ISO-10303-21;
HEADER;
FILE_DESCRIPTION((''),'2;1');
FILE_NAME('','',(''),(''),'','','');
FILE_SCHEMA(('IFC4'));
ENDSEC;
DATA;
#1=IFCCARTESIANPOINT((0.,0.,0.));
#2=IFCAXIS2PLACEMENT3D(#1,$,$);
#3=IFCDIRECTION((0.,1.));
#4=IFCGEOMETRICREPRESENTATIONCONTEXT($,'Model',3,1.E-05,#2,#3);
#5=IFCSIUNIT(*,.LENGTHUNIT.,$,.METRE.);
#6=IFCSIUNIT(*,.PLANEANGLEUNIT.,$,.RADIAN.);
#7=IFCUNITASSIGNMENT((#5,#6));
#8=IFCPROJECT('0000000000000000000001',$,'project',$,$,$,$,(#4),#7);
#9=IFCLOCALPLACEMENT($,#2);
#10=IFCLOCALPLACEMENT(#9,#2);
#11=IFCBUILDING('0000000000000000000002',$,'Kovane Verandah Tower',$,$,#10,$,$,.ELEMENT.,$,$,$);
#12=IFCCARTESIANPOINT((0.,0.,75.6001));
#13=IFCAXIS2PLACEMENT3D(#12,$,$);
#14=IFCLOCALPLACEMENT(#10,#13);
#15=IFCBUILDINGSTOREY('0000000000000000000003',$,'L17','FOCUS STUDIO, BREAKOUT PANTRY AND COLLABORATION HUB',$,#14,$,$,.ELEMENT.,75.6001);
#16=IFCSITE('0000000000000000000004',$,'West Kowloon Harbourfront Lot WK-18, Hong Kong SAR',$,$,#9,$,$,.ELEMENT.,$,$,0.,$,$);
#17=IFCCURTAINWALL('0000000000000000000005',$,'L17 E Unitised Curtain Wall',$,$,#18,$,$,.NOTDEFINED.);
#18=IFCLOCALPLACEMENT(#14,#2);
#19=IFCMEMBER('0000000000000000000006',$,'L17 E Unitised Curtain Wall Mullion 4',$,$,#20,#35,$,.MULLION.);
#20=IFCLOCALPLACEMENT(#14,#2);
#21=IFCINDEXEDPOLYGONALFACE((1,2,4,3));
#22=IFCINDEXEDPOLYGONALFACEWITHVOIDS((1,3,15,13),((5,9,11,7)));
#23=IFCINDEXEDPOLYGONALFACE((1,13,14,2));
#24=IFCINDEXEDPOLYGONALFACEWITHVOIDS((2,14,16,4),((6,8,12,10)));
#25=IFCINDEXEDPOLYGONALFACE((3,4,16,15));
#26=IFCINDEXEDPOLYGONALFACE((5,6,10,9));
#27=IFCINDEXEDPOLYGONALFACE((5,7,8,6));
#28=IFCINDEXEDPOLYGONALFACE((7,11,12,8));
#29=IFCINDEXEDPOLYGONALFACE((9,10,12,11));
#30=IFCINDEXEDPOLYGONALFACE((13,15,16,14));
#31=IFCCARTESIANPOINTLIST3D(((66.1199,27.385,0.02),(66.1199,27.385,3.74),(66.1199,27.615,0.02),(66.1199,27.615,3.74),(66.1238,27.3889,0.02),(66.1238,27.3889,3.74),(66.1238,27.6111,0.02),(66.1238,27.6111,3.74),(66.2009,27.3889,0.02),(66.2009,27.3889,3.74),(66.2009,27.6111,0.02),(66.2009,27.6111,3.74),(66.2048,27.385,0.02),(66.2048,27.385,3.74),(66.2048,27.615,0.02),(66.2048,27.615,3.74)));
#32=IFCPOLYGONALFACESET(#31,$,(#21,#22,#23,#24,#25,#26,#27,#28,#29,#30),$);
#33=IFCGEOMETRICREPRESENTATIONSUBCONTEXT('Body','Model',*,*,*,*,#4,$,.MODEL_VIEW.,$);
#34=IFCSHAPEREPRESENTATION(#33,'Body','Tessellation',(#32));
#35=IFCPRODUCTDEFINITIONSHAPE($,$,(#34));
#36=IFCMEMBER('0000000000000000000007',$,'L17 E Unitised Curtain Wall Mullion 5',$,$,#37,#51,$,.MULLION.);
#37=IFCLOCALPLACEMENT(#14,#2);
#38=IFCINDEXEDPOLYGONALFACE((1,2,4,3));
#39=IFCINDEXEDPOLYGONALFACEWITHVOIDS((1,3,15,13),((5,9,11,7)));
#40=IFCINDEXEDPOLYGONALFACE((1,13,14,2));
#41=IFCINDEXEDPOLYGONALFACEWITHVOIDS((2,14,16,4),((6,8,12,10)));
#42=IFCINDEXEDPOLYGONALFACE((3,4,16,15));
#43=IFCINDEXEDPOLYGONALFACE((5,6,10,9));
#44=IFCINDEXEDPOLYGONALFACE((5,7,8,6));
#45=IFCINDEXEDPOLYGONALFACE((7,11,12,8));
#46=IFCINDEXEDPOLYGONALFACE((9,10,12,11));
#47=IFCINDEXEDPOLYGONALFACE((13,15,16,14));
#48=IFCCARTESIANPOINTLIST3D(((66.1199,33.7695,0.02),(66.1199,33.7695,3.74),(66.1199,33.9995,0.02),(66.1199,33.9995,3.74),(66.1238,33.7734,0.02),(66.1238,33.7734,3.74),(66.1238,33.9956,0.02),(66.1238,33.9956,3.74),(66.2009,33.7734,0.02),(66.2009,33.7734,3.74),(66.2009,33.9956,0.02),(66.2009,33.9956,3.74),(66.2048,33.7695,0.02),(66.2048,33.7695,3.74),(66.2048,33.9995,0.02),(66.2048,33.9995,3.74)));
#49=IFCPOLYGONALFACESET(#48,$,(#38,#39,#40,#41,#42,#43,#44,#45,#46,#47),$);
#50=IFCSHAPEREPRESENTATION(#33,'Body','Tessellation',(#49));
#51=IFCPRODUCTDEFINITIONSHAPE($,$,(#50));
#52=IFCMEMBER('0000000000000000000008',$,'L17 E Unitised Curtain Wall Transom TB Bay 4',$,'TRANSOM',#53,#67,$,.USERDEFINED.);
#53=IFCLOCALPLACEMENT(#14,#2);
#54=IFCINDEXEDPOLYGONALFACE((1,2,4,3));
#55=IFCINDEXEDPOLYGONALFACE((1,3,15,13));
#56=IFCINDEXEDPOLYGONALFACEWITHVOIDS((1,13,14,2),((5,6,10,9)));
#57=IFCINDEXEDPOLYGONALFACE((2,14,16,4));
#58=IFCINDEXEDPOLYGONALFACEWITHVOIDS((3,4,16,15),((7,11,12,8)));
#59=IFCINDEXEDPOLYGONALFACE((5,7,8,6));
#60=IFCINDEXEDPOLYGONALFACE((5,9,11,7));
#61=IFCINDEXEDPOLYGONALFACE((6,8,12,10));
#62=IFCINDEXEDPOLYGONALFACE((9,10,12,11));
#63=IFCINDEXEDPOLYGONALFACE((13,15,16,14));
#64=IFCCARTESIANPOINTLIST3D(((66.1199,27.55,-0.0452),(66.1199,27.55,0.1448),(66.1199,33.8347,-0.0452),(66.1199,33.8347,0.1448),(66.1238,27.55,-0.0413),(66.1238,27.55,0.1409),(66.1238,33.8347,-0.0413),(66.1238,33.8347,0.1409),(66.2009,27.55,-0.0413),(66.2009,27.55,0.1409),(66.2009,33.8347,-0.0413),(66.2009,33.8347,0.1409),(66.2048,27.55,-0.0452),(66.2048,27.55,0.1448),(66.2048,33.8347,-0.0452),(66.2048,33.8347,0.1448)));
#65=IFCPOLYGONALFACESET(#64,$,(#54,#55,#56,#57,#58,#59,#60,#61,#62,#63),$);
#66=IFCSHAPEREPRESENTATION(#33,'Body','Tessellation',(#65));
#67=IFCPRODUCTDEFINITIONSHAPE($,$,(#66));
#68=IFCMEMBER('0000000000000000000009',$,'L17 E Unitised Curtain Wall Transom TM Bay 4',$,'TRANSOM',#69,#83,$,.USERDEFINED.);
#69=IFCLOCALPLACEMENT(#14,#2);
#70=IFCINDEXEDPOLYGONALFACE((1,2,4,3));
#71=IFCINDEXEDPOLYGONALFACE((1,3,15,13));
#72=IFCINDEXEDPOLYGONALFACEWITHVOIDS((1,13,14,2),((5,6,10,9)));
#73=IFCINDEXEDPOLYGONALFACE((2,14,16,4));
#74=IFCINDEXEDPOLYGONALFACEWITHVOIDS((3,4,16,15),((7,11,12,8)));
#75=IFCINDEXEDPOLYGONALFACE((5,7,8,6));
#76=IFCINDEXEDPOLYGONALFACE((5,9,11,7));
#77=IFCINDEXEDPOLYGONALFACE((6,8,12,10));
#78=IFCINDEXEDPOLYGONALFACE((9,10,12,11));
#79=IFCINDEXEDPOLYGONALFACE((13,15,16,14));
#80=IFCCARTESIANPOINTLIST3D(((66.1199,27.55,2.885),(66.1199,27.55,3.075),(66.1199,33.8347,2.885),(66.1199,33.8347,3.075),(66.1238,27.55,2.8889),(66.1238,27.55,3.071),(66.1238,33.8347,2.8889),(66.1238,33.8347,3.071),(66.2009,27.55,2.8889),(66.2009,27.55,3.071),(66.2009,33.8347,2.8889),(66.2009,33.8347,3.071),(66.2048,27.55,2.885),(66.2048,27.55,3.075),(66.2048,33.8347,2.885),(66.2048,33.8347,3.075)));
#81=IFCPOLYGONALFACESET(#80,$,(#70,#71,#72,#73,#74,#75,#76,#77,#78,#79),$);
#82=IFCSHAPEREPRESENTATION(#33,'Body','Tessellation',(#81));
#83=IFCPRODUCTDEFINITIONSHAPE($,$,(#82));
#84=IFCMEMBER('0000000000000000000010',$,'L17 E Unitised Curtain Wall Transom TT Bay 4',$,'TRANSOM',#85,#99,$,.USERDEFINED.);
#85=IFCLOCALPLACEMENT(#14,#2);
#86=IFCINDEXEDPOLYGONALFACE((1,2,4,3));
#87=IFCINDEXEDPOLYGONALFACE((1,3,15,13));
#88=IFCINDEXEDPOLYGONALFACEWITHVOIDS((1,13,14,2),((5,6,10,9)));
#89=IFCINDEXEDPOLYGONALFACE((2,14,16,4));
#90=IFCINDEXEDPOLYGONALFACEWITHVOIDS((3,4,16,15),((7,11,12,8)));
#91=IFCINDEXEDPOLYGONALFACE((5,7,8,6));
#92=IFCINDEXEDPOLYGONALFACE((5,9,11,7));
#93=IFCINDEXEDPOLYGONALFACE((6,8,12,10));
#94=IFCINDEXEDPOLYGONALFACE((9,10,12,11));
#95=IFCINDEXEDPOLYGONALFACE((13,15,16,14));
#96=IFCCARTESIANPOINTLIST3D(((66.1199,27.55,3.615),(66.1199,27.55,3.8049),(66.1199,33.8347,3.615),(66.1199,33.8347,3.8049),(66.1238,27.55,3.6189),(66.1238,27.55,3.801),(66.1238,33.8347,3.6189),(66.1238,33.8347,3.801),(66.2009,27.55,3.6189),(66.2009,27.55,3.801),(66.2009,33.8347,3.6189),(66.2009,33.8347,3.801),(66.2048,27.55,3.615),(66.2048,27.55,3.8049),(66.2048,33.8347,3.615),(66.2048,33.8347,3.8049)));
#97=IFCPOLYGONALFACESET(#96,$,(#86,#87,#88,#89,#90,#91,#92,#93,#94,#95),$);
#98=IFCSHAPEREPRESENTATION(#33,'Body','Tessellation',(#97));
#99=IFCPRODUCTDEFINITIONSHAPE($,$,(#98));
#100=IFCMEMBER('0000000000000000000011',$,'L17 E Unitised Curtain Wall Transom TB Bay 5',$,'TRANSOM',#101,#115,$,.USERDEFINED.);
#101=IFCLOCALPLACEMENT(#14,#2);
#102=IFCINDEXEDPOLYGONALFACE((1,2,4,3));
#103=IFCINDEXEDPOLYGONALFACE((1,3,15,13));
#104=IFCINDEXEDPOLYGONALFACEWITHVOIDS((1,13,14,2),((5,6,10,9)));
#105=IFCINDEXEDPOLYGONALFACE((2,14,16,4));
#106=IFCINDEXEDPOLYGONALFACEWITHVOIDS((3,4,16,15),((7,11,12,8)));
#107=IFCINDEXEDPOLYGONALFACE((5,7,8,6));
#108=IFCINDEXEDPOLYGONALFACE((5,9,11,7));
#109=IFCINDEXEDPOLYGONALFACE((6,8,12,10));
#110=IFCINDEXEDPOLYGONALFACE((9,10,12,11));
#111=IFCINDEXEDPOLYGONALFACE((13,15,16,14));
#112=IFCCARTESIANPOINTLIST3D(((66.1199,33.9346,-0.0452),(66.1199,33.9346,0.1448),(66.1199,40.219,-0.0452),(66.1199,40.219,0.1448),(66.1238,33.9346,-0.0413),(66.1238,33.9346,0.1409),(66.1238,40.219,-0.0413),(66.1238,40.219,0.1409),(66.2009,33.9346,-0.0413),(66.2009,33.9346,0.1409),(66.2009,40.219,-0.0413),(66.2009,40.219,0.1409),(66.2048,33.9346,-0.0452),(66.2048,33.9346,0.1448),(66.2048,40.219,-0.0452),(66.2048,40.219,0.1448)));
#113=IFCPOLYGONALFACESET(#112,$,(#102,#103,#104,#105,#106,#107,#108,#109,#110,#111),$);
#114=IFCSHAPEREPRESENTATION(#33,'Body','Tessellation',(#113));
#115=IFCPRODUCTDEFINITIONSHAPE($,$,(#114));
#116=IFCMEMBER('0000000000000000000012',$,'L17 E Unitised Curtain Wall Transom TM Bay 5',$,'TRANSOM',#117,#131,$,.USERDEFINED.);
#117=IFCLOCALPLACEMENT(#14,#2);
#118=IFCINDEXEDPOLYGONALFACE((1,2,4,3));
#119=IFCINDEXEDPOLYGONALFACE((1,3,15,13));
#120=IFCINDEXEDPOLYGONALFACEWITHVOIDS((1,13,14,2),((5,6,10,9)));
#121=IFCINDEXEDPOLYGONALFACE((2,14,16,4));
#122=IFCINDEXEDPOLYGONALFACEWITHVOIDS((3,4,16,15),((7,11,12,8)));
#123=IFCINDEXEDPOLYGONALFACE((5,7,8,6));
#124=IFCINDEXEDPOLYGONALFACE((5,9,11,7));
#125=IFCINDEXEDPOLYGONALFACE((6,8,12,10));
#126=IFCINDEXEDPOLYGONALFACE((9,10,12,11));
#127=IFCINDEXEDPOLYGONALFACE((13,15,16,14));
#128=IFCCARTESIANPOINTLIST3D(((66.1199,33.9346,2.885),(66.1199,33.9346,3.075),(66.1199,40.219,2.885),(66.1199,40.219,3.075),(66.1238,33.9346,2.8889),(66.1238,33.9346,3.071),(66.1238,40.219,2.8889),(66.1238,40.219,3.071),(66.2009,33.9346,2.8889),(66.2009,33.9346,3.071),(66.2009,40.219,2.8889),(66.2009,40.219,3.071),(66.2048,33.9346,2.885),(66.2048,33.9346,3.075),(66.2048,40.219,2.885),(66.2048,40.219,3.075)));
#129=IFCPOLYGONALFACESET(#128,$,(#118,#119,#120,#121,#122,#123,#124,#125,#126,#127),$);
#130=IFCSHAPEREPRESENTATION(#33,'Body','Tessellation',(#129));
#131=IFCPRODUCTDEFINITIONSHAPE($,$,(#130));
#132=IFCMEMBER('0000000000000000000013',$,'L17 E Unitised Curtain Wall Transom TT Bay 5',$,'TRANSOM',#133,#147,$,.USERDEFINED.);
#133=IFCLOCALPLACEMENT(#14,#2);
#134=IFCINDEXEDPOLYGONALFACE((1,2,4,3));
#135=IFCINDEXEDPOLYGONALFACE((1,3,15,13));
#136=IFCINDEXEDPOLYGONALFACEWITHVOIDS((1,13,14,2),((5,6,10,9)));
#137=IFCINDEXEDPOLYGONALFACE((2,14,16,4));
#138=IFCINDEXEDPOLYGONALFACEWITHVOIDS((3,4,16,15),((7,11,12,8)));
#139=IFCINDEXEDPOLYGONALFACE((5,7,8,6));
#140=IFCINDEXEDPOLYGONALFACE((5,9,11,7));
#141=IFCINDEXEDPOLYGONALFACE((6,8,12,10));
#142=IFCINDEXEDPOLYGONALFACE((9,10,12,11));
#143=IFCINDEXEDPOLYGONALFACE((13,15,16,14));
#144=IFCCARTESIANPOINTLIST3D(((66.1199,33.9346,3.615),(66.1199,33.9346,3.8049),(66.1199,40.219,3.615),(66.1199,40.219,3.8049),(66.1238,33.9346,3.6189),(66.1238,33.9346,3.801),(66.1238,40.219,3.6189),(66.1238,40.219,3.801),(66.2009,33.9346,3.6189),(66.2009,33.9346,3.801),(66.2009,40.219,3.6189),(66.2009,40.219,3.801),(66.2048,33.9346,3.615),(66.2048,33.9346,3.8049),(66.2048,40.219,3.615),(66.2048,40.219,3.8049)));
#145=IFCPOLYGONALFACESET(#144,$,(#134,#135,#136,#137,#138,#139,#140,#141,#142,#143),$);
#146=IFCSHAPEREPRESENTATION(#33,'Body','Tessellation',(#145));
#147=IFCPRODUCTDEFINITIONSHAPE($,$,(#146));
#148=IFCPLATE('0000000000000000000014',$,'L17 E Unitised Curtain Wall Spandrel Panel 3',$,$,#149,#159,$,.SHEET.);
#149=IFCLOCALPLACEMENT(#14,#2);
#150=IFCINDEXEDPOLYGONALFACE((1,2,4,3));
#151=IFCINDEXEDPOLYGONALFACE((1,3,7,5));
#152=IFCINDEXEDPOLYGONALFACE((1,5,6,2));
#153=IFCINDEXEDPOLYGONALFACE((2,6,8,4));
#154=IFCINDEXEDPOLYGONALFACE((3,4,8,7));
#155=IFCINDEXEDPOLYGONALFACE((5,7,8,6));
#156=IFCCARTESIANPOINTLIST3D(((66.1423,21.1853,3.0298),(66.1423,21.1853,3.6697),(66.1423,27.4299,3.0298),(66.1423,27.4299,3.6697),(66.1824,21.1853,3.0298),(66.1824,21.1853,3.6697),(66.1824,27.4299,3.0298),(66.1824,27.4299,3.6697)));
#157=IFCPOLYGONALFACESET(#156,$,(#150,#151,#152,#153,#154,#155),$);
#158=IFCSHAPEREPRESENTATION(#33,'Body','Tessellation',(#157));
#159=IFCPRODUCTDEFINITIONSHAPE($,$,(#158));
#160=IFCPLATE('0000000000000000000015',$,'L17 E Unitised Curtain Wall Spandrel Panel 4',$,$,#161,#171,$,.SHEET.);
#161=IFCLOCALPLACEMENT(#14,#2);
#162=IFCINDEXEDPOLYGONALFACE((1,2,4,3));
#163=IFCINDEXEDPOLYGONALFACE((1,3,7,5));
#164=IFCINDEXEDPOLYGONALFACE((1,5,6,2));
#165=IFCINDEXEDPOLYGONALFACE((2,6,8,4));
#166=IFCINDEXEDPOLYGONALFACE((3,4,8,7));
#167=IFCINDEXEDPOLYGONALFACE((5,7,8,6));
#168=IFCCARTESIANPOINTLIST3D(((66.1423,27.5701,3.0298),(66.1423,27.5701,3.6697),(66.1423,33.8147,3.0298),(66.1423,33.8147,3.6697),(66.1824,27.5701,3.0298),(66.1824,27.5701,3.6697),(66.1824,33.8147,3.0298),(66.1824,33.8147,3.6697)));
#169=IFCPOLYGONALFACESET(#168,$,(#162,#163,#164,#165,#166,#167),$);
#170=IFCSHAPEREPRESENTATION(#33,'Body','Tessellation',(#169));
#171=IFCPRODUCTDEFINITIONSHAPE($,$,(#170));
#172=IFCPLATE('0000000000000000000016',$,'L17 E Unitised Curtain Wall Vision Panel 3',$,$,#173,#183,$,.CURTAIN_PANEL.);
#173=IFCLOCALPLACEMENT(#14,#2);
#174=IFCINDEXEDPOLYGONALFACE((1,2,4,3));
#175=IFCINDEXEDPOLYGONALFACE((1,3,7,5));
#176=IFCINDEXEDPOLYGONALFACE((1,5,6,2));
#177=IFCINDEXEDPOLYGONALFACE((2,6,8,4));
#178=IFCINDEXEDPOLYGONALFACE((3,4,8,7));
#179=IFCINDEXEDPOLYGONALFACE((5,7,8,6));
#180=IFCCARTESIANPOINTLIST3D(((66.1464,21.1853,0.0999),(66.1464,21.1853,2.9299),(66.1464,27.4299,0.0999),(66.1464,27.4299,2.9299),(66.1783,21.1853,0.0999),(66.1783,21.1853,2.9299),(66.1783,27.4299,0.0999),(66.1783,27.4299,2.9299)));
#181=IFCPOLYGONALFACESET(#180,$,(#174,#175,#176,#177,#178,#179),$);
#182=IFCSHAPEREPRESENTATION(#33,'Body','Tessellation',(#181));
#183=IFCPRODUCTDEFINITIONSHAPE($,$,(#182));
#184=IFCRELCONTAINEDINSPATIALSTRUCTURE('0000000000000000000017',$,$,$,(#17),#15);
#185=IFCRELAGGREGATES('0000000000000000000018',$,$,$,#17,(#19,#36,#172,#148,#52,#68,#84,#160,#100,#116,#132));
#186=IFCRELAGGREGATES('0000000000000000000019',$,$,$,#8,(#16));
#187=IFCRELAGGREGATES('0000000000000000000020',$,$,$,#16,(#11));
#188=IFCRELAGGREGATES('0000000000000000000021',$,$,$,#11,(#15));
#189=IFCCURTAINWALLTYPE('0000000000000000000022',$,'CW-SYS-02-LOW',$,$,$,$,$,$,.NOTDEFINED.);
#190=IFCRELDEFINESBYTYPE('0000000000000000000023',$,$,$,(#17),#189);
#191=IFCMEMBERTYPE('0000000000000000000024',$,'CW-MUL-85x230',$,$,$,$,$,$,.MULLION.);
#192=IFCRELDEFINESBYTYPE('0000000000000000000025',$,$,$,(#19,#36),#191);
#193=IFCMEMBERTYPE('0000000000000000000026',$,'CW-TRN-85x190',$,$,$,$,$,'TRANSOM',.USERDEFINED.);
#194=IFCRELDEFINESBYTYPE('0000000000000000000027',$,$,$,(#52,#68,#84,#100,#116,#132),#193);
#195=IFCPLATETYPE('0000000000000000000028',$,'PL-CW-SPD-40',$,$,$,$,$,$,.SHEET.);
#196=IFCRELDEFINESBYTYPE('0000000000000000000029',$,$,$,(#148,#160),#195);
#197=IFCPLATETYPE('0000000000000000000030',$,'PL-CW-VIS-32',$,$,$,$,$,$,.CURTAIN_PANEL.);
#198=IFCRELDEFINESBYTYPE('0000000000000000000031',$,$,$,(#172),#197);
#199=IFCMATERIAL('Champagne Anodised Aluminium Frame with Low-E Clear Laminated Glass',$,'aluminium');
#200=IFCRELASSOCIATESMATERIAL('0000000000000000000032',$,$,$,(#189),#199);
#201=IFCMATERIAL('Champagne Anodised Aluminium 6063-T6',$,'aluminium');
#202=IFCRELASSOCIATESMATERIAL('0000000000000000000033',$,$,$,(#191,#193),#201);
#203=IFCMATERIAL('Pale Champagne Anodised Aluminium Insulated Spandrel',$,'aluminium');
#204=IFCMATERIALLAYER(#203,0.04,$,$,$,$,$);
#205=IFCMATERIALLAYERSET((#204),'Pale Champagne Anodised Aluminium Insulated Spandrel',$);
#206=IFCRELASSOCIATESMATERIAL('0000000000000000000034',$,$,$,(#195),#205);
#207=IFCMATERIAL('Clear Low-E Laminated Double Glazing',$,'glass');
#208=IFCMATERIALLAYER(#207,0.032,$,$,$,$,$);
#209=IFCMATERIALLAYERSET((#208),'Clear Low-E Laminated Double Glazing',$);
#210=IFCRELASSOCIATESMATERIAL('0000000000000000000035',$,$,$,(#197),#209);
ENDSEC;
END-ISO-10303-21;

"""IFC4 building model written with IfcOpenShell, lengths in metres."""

from ifc_helpers import new_model, si_unit, direction, frame, origin, origin_2d, place, context, subcontext, project, spatial, rectangle, hollow_rectangle, extrude, material, layer, layer_set, material_profile, profile_set, type_object, element, aggregate, save


model = new_model("IFC4")

# Units and contexts
model_context = context("Model", 3, precision=1e-05, world=origin(), true_north=direction((0.0, 1.0)))
body_context = subcontext(model_context, "Body", "Model", "MODEL_VIEW")
ifc_project = project(units=[si_unit("LENGTHUNIT", "METRE"), si_unit("PLANEANGLEUNIT", "RADIAN")], contexts=[model_context])

# Site, building, storey
site_placement = place(None, origin())
site = spatial("IfcSite", under=ifc_project, at=site_placement, Name="West Kowloon Harbourfront Lot WK-18, Hong Kong SAR", CompositionType="ELEMENT", RefElevation=0.0)
building_placement = place(site_placement, origin())
building = spatial("IfcBuilding", under=site, at=building_placement, Name="Kovane Verandah Tower", CompositionType="ELEMENT")
storey_placement = place(building_placement, frame((0.0, 0.0, 75.6001)))
storey = spatial("IfcBuildingStorey", under=building, at=storey_placement, Name="L17", Description="FOCUS STUDIO, BREAKOUT PANTRY AND COLLABORATION HUB", CompositionType="ELEMENT", Elevation=75.6001)

# Curtain wall, members, plates
ifc_material_1 = material(Name="Champagne Anodised Aluminium Frame with Low-E Clear Laminated Glass", Category="aluminium")
curtain_wall_type = type_object("IfcCurtainWallType", Name="CW-SYS-02-LOW", PredefinedType="NOTDEFINED", material=ifc_material_1)
curtain_wall_placement = place(storey_placement, origin())
curtain_wall = element("IfcCurtainWall", 1, at=curtain_wall_placement, inside=storey, type_object=curtain_wall_type, Name="L17 E Unitised Curtain Wall", PredefinedType="NOTDEFINED")
ifc_material_2 = material(Name="Champagne Anodised Aluminium 6063-T6", Category="aluminium")
ifc_material_profile_1 = material_profile(ifc_material_2, hollow_rectangle(XDim=0.085, YDim=0.23, WallThickness=0.0039, at=origin_2d()), Name="AL85x230x4")
ifc_profile_set_1 = profile_set([ifc_material_profile_1], Name="Champagne Anodised Aluminium 6063-T6")
member_type_1 = type_object("IfcMemberType", Name="CW-MUL-85x230", PredefinedType="MULLION", material=ifc_profile_set_1)
member_1_placement = place(storey_placement, frame((66.1624, 27.5, 0.02), z_axis=(0.0, 0.0, 1.0), x_axis=(1.0, 0.0, 0.0)))
member_1 = element("IfcMember", 2, at=member_1_placement, type_object=member_type_1, Name="L17 E Unitised Curtain Wall Mullion 4", PredefinedType="MULLION", context=body_context, shape_type="SweptSolid", body=[
    extrude(hollow_rectangle(XDim=0.085, YDim=0.23, WallThickness=0.0039, at=origin_2d()), origin(), (0.0, 0.0, 1.0), 3.72),
])
member_2_placement = place(storey_placement, frame((66.1624, 33.8845, 0.02), z_axis=(0.0, 0.0, 1.0), x_axis=(1.0, 0.0, 0.0)))
member_2 = element("IfcMember", 3, at=member_2_placement, type_object=member_type_1, Name="L17 E Unitised Curtain Wall Mullion 5", PredefinedType="MULLION", context=body_context, shape_type="SweptSolid", body=[
    extrude(hollow_rectangle(XDim=0.085, YDim=0.23, WallThickness=0.0039, at=origin_2d()), origin(), (0.0, 0.0, 1.0), 3.72),
])
ifc_material_profile_2 = material_profile(ifc_material_2, hollow_rectangle(XDim=0.085, YDim=0.1899, WallThickness=0.0039, at=origin_2d()), Name="AL85x190x4")
ifc_profile_set_2 = profile_set([ifc_material_profile_2], Name="Champagne Anodised Aluminium 6063-T6")
member_type_2 = type_object("IfcMemberType", Name="CW-TRN-85x190", ElementType="TRANSOM", PredefinedType="USERDEFINED", material=ifc_profile_set_2)
member_3_placement = place(storey_placement, frame((66.1624, 27.55, 0.0498), z_axis=(0.0, 1.0, 0.0), x_axis=(-1.0, 0.0, 0.0)))
member_3 = element("IfcMember", 4, at=member_3_placement, type_object=member_type_2, Name="L17 E Unitised Curtain Wall Transom TB Bay 4", ObjectType="TRANSOM", PredefinedType="USERDEFINED", context=body_context, shape_type="SweptSolid", body=[
    extrude(hollow_rectangle(XDim=0.085, YDim=0.1899, WallThickness=0.0039, at=origin_2d()), origin(), (0.0, 0.0, 1.0), 6.2847),
])
member_4_placement = place(storey_placement, frame((66.1624, 27.55, 2.98), z_axis=(0.0, 1.0, 0.0), x_axis=(-1.0, 0.0, 0.0)))
member_4 = element("IfcMember", 5, at=member_4_placement, type_object=member_type_2, Name="L17 E Unitised Curtain Wall Transom TM Bay 4", ObjectType="TRANSOM", PredefinedType="USERDEFINED", context=body_context, shape_type="SweptSolid", body=[
    extrude(hollow_rectangle(XDim=0.085, YDim=0.1899, WallThickness=0.0039, at=origin_2d()), origin(), (0.0, 0.0, 1.0), 6.2847),
])
member_5_placement = place(storey_placement, frame((66.1624, 27.55, 3.71), z_axis=(0.0, 1.0, 0.0), x_axis=(-1.0, 0.0, 0.0)))
member_5 = element("IfcMember", 6, at=member_5_placement, type_object=member_type_2, Name="L17 E Unitised Curtain Wall Transom TT Bay 4", ObjectType="TRANSOM", PredefinedType="USERDEFINED", context=body_context, shape_type="SweptSolid", body=[
    extrude(hollow_rectangle(XDim=0.085, YDim=0.1899, WallThickness=0.0039, at=origin_2d()), origin(), (0.0, 0.0, 1.0), 6.2847),
])
member_6_placement = place(storey_placement, frame((66.1624, 33.9346, 0.0498), z_axis=(0.0, 1.0, 0.0), x_axis=(-1.0, 0.0, 0.0)))
member_6 = element("IfcMember", 7, at=member_6_placement, type_object=member_type_2, Name="L17 E Unitised Curtain Wall Transom TB Bay 5", ObjectType="TRANSOM", PredefinedType="USERDEFINED", context=body_context, shape_type="SweptSolid", body=[
    extrude(hollow_rectangle(XDim=0.085, YDim=0.1899, WallThickness=0.0039, at=origin_2d()), origin(), (0.0, 0.0, 1.0), 6.2844),
])
member_7_placement = place(storey_placement, frame((66.1624, 33.9346, 2.98), z_axis=(0.0, 1.0, 0.0), x_axis=(-1.0, 0.0, 0.0)))
member_7 = element("IfcMember", 8, at=member_7_placement, type_object=member_type_2, Name="L17 E Unitised Curtain Wall Transom TM Bay 5", ObjectType="TRANSOM", PredefinedType="USERDEFINED", context=body_context, shape_type="SweptSolid", body=[
    extrude(hollow_rectangle(XDim=0.085, YDim=0.1899, WallThickness=0.0039, at=origin_2d()), origin(), (0.0, 0.0, 1.0), 6.2844),
])
member_8_placement = place(storey_placement, frame((66.1624, 33.9346, 3.71), z_axis=(0.0, 1.0, 0.0), x_axis=(-1.0, 0.0, 0.0)))
member_8 = element("IfcMember", 9, at=member_8_placement, type_object=member_type_2, Name="L17 E Unitised Curtain Wall Transom TT Bay 5", ObjectType="TRANSOM", PredefinedType="USERDEFINED", context=body_context, shape_type="SweptSolid", body=[
    extrude(hollow_rectangle(XDim=0.085, YDim=0.1899, WallThickness=0.0039, at=origin_2d()), origin(), (0.0, 0.0, 1.0), 6.2844),
])
ifc_material_3 = material(Name="Pale Champagne Anodised Aluminium Insulated Spandrel", Category="aluminium")
ifc_layer_1 = layer(ifc_material_3, 0.04)
ifc_layer_set_1 = layer_set([ifc_layer_1], Name="Pale Champagne Anodised Aluminium Insulated Spandrel")
plate_type_1 = type_object("IfcPlateType", Name="PL-CW-SPD-40", PredefinedType="SHEET", material=ifc_layer_set_1)
plate_1_placement = place(storey_placement, frame((66.1624, 24.3076, 3.0298), z_axis=(0.0, 0.0, 1.0), x_axis=(0.0, 1.0, 0.0)))
plate_1 = element("IfcPlate", 10, at=plate_1_placement, type_object=plate_type_1, Name="L17 E Unitised Curtain Wall Spandrel Panel 3", PredefinedType="SHEET", context=body_context, shape_type="SweptSolid", body=[
    extrude(rectangle(XDim=6.2446, YDim=0.04, at=origin_2d()), origin(), (0.0, 0.0, 1.0), 0.6399),
])
plate_2_placement = place(storey_placement, frame((66.1624, 30.6924, 3.0298), z_axis=(0.0, 0.0, 1.0), x_axis=(0.0, 1.0, 0.0)))
plate_2 = element("IfcPlate", 11, at=plate_2_placement, type_object=plate_type_1, Name="L17 E Unitised Curtain Wall Spandrel Panel 4", PredefinedType="SHEET", context=body_context, shape_type="SweptSolid", body=[
    extrude(rectangle(XDim=6.2446, YDim=0.04, at=origin_2d()), origin(), (0.0, 0.0, 1.0), 0.6399),
])
ifc_material_4 = material(Name="Clear Low-E Laminated Double Glazing", Category="glass")
ifc_layer_2 = layer(ifc_material_4, 0.032)
ifc_layer_set_2 = layer_set([ifc_layer_2], Name="Clear Low-E Laminated Double Glazing")
plate_type_2 = type_object("IfcPlateType", Name="PL-CW-VIS-32", PredefinedType="CURTAIN_PANEL", material=ifc_layer_set_2)
plate_3_placement = place(storey_placement, frame((66.1624, 24.3076, 0.0999), z_axis=(0.0, 0.0, 1.0), x_axis=(0.0, 1.0, 0.0)))
plate_3 = element("IfcPlate", 12, at=plate_3_placement, type_object=plate_type_2, Name="L17 E Unitised Curtain Wall Vision Panel 3", PredefinedType="CURTAIN_PANEL", context=body_context, shape_type="SweptSolid", body=[
    extrude(rectangle(XDim=6.2446, YDim=0.032, at=origin_2d()), origin(), (0.0, 0.0, 1.0), 2.8301),
])
aggregate(curtain_wall, [member_1, member_2, plate_3, plate_1, member_3, member_4, member_5, plate_2, member_6, member_7, member_8])

save(model, "model.ifc")
